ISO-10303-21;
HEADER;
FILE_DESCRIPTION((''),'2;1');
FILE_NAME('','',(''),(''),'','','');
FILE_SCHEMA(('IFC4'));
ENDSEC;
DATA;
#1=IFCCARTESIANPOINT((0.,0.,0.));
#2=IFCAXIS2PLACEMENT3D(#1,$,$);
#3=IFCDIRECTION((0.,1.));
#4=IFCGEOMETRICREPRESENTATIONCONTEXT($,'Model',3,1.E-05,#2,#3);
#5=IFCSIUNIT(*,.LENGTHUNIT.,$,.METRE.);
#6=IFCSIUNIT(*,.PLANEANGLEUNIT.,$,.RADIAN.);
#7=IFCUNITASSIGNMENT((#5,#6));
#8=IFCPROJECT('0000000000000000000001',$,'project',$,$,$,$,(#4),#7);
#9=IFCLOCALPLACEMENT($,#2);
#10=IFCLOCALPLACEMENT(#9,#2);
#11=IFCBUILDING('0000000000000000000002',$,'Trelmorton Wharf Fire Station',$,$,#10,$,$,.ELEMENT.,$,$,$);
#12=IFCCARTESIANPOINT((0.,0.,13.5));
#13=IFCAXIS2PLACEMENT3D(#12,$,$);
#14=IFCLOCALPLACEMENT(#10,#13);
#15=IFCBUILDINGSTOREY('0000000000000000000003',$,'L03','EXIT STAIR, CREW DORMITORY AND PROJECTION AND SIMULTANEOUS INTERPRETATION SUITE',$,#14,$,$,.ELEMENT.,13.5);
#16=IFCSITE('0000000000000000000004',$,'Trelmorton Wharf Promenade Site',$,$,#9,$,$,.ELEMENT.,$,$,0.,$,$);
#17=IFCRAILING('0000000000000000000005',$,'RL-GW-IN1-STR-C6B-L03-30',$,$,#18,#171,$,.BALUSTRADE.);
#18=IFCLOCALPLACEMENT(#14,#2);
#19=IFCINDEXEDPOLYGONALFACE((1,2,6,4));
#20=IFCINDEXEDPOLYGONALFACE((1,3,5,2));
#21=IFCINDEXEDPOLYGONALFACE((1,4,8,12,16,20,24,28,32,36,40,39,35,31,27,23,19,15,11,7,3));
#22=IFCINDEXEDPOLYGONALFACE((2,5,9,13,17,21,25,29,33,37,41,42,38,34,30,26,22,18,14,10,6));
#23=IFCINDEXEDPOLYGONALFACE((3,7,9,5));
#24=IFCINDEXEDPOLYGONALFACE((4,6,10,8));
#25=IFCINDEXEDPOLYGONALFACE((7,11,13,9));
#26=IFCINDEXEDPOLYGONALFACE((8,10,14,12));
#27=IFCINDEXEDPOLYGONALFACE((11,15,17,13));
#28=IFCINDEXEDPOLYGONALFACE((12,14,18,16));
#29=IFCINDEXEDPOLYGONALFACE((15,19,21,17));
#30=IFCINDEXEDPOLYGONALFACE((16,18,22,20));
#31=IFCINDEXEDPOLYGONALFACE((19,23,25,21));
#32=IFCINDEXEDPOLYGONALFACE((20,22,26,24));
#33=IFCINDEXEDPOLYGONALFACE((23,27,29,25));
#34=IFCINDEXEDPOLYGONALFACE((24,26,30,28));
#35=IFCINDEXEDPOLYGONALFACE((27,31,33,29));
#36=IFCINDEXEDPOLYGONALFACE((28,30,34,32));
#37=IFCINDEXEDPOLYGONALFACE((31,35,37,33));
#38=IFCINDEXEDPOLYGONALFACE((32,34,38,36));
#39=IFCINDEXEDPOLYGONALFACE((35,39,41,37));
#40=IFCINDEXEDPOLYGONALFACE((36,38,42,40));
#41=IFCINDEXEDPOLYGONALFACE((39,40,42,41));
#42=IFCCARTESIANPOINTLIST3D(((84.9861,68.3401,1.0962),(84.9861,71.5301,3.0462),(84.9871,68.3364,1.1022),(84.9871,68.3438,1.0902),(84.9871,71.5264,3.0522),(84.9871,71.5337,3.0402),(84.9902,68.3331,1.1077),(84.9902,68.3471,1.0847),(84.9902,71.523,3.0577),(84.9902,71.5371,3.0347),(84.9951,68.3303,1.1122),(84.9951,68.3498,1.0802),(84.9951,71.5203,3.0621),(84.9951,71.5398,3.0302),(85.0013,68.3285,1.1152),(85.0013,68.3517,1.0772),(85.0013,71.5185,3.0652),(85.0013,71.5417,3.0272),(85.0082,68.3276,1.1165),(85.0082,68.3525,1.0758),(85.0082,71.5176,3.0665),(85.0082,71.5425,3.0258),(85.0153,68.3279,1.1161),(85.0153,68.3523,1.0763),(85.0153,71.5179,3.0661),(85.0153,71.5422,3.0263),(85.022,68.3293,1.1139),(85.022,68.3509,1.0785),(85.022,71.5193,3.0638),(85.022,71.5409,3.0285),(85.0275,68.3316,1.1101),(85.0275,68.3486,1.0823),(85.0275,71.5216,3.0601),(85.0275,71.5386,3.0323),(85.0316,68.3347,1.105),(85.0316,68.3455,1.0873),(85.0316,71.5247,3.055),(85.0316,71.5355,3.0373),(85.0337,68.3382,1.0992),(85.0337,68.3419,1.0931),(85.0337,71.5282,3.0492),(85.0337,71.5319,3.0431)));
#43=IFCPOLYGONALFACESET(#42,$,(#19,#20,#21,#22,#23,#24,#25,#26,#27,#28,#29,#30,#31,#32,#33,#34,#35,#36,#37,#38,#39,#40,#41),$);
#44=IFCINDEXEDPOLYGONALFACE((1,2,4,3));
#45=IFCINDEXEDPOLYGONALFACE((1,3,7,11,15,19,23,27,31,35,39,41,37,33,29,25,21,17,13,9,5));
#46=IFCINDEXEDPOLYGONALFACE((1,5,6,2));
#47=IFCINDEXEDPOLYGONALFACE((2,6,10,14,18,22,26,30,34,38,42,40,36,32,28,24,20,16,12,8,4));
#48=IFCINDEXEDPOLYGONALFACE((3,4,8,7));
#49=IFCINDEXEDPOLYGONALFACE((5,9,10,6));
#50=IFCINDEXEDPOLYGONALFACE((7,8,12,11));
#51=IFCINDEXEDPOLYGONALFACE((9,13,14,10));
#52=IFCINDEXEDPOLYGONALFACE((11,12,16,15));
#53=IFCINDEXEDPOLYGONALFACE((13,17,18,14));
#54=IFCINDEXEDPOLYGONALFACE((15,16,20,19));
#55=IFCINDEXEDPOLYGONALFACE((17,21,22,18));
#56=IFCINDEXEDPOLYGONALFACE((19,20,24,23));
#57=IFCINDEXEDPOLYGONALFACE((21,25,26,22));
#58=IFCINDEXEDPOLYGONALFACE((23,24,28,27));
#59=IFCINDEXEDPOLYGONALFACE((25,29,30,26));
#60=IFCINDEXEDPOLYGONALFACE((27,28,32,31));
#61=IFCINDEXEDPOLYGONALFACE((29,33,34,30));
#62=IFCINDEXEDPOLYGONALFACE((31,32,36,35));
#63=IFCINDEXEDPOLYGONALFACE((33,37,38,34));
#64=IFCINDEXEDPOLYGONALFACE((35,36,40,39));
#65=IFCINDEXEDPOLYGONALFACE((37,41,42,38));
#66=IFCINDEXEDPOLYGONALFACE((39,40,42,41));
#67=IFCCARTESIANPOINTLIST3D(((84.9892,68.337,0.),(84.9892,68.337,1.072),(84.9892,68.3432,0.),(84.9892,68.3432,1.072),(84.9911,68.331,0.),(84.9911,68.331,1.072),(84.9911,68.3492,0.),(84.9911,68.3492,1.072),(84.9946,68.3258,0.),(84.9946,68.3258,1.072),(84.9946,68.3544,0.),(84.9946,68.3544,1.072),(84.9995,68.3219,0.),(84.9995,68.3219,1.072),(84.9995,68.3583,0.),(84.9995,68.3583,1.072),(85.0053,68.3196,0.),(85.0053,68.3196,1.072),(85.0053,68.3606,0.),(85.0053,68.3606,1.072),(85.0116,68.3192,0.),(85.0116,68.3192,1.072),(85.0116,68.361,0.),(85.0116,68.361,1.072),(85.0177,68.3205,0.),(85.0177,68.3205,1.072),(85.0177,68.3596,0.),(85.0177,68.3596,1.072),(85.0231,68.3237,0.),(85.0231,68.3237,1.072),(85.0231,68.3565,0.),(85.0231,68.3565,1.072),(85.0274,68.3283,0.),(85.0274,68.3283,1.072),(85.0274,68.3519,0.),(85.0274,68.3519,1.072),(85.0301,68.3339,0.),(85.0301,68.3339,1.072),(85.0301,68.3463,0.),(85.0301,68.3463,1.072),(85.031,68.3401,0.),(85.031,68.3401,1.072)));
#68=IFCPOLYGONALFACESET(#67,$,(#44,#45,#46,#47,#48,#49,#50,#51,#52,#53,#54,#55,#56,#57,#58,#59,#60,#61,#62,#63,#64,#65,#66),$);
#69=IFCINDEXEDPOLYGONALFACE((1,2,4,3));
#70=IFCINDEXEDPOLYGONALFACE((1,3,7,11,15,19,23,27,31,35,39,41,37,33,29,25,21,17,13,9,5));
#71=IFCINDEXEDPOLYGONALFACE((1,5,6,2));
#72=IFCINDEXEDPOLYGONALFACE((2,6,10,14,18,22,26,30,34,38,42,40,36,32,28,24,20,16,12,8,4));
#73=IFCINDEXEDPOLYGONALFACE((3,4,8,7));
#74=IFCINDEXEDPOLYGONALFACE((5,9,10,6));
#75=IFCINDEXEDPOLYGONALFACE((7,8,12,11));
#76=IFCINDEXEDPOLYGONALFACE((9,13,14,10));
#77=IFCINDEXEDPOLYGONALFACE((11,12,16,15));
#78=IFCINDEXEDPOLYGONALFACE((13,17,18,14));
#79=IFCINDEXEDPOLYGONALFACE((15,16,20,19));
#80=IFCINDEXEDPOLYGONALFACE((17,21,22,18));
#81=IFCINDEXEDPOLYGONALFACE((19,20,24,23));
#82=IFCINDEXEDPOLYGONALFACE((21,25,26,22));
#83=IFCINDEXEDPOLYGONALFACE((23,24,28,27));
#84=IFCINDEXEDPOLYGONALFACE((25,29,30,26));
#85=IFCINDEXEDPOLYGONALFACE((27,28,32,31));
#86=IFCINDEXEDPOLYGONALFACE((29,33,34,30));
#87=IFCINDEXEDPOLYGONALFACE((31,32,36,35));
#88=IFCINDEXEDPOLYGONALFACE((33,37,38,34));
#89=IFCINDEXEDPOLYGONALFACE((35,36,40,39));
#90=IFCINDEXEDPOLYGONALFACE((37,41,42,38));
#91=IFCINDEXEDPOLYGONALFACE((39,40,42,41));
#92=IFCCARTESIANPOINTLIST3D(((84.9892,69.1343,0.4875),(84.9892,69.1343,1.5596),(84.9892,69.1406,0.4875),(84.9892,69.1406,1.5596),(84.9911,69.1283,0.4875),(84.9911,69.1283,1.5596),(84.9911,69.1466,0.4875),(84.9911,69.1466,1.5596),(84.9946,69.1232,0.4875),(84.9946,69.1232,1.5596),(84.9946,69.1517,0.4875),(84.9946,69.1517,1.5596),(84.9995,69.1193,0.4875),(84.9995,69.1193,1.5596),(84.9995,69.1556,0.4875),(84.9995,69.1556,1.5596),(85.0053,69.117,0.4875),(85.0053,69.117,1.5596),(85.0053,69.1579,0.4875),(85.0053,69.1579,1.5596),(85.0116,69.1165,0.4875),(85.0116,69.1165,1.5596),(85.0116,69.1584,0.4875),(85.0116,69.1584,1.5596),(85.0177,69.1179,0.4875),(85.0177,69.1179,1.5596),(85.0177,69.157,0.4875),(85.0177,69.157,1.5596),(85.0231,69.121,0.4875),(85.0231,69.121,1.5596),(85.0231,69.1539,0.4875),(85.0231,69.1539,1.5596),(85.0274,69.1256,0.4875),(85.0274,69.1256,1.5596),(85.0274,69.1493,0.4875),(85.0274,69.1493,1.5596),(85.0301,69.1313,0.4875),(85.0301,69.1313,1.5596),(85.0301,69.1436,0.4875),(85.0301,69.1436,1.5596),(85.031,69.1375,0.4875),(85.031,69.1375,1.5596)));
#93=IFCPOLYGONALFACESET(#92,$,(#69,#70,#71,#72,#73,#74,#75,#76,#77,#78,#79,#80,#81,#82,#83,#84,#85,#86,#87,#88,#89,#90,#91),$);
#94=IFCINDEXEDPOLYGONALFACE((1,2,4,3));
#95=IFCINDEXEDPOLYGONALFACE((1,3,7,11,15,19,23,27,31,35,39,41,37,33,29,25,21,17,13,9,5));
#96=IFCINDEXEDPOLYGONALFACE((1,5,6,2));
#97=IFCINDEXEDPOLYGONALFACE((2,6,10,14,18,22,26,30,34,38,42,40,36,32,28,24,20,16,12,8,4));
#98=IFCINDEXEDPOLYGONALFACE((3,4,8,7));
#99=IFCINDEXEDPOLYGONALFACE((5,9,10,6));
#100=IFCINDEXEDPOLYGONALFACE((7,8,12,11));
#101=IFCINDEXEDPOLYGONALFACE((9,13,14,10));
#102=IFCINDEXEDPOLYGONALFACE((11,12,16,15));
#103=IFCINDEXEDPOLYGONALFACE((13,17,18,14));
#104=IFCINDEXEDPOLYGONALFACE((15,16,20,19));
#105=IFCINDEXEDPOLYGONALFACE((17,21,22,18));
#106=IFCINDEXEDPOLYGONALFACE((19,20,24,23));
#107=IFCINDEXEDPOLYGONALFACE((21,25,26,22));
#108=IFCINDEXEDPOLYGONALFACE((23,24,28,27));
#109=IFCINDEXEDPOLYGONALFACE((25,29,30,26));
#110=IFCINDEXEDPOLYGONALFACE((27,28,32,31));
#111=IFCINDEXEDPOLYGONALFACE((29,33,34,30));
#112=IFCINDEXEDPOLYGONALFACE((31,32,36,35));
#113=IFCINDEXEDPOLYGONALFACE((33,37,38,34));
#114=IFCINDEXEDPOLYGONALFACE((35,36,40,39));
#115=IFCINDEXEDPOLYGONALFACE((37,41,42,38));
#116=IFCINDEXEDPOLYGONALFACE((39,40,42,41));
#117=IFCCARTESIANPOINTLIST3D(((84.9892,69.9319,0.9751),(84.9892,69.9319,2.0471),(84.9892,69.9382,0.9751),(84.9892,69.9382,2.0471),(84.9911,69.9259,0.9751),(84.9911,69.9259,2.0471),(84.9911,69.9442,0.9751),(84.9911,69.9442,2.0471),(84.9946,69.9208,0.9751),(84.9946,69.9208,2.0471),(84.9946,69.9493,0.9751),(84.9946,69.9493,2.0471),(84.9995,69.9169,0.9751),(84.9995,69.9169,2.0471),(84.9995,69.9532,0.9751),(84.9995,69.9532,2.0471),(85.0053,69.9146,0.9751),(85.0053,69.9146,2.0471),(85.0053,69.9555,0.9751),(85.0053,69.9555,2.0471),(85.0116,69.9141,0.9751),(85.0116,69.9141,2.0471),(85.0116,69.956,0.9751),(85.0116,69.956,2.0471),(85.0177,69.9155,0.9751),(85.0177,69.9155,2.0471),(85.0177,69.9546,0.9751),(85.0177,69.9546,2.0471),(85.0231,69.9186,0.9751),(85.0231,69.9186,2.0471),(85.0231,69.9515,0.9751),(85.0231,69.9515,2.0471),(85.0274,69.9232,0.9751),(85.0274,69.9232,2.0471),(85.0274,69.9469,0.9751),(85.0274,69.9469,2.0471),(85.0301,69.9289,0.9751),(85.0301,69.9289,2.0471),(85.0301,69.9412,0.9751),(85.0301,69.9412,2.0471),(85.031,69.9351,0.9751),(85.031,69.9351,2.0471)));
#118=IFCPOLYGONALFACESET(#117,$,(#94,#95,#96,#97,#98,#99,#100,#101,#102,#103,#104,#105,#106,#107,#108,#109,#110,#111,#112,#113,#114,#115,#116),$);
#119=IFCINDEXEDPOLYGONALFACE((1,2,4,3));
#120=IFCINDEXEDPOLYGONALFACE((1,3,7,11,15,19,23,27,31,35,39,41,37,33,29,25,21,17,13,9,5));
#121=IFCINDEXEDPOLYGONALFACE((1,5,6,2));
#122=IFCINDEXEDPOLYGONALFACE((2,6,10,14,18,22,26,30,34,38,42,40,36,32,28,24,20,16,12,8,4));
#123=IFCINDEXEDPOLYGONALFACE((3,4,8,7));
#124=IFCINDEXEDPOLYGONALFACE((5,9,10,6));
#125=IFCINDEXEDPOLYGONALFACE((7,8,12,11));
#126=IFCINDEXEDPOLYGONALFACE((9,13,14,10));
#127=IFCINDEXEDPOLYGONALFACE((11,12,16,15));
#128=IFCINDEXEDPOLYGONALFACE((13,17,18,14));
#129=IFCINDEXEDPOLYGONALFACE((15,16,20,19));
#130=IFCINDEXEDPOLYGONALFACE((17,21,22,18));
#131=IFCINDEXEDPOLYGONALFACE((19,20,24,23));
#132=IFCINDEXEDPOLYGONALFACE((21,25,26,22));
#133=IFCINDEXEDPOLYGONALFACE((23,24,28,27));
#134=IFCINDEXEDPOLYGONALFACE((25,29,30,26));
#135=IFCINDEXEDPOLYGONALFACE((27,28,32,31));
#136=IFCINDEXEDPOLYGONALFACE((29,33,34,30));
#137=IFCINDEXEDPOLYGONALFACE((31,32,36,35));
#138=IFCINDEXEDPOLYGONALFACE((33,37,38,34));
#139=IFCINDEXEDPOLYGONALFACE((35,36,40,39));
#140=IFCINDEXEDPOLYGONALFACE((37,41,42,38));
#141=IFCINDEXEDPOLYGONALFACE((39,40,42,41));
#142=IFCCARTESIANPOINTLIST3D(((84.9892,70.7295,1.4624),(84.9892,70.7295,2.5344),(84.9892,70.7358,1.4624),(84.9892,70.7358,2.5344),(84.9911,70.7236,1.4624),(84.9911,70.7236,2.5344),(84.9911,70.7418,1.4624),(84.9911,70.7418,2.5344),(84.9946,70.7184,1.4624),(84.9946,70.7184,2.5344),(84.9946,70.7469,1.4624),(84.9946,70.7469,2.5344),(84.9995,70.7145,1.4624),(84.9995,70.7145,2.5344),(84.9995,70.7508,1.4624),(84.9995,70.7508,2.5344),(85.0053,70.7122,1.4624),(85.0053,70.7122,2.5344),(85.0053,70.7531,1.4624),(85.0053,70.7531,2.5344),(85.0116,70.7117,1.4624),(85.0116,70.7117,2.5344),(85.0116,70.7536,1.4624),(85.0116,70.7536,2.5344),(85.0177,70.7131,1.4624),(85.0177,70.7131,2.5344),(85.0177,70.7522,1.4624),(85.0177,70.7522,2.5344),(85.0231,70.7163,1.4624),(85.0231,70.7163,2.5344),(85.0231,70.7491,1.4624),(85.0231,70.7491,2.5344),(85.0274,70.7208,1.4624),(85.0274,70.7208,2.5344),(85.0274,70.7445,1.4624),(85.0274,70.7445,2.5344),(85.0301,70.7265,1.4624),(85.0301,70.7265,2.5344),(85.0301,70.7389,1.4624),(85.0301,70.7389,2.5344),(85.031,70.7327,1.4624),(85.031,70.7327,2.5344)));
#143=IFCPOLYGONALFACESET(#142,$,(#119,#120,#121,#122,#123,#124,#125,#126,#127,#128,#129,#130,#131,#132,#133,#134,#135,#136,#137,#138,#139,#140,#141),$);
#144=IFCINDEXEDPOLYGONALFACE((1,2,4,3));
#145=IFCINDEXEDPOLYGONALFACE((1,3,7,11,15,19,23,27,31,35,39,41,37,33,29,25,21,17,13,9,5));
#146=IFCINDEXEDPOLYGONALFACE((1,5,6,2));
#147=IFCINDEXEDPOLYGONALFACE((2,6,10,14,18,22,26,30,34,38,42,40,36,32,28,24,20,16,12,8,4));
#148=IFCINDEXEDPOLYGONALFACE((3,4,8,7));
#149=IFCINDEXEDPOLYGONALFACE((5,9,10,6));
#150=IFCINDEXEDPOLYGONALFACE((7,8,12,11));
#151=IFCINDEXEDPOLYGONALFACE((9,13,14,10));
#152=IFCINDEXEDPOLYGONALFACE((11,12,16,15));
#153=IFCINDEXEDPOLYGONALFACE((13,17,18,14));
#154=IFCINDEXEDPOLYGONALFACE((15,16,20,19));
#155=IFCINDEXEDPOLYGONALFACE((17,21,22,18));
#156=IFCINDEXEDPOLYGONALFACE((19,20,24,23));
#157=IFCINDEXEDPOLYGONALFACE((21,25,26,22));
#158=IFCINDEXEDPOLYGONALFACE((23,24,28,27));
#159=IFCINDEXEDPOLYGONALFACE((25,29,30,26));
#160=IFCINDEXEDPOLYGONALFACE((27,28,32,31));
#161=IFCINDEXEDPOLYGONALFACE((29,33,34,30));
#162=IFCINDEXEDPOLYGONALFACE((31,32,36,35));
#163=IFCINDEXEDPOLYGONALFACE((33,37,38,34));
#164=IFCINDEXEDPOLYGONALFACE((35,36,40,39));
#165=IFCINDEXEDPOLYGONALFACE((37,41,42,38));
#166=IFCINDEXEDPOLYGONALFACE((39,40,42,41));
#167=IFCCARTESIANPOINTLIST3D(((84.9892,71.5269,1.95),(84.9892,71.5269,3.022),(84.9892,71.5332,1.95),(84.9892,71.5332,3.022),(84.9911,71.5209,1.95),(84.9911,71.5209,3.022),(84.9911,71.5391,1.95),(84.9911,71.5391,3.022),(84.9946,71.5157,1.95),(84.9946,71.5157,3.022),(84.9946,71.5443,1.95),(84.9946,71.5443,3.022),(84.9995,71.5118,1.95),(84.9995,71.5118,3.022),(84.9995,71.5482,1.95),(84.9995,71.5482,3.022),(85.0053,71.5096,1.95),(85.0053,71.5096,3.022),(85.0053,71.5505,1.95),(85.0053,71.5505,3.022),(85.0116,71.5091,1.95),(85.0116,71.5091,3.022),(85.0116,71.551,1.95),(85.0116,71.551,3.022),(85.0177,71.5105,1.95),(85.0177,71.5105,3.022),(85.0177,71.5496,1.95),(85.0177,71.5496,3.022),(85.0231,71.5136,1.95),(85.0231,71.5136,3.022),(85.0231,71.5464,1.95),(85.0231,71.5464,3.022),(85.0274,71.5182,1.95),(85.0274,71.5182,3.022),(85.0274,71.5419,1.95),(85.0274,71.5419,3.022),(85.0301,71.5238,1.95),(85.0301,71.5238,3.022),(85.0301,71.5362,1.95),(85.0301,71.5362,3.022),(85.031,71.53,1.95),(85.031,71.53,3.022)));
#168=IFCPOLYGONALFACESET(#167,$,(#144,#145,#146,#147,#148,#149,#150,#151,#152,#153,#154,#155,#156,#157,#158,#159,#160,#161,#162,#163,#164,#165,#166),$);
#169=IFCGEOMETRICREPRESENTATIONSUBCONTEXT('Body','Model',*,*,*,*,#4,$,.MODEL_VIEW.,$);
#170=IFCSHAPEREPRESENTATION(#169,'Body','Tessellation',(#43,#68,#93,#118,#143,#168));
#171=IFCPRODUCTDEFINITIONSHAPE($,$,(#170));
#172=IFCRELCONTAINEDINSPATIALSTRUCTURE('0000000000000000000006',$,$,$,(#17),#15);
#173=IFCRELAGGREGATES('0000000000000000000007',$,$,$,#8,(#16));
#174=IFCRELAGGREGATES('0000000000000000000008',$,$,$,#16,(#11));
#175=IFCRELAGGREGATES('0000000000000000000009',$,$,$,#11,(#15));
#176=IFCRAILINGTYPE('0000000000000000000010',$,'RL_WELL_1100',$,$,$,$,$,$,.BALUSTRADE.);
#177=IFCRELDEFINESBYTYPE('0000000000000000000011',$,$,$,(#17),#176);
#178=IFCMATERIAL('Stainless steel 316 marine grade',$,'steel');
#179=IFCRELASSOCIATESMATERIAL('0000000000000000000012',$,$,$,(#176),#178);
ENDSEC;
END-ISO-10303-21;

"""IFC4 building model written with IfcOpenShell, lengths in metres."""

from ifc_helpers import new_model, si_unit, direction, frame, origin, origin_2d, place, context, subcontext, project, spatial, circle, extrude, material, type_object, element, save


model = new_model("IFC4")

# Units and contexts
model_context = context("Model", 3, precision=1e-05, world=origin(), true_north=direction((0.0, 1.0)))
body_context = subcontext(model_context, "Body", "Model", "MODEL_VIEW")
ifc_project = project(units=[si_unit("LENGTHUNIT", "METRE"), si_unit("PLANEANGLEUNIT", "RADIAN")], contexts=[model_context])

# Site, building, storey
site_placement = place(None, origin())
site = spatial("IfcSite", under=ifc_project, at=site_placement, Name="Trelmorton Wharf Promenade Site", CompositionType="ELEMENT", RefElevation=0.0)
building_placement = place(site_placement, origin())
building = spatial("IfcBuilding", under=site, at=building_placement, Name="Trelmorton Wharf Fire Station", CompositionType="ELEMENT")
storey_placement = place(building_placement, frame((0.0, 0.0, 13.5)))
storey = spatial("IfcBuildingStorey", under=building, at=storey_placement, Name="L03", Description="EXIT STAIR, CREW DORMITORY AND PROJECTION AND SIMULTANEOUS INTERPRETATION SUITE", CompositionType="ELEMENT", Elevation=13.5)

# Railing
ifc_material_1 = material(Name="Stainless steel 316 marine grade", Category="steel")
railing_type_1 = type_object("IfcRailingType", Name="RL_WELL_1100", PredefinedType="BALUSTRADE", material=ifc_material_1)
railing_1_placement = place(storey_placement, frame((85.01, 68.3401, 0.0)))
element("IfcRailing", 1, at=railing_1_placement, inside=storey, type_object=railing_type_1, Name="RL-GW-IN1-STR-C6B-L03-30", PredefinedType="BALUSTRADE", context=body_context, shape_type="SweptSolid", body=[
    extrude(circle(Radius=0.0239, at=origin_2d()), frame((0.0, 0.0, 1.0962), z_axis=(0.0, 0.853217, 0.521556), x_axis=(-1.0, 0.0, 0.0)), (0.0, 0.0, 1.0), 3.7388),
    extrude(circle(Radius=0.021, at=origin_2d()), origin(), (0.0, 0.0, 1.0), 1.072),
    extrude(circle(Radius=0.021, at=origin_2d()), frame((0.0, 0.7974, 0.4875)), (0.0, 0.0, 1.0), 1.072),
    extrude(circle(Radius=0.021, at=origin_2d()), frame((0.0, 1.595, 0.9751)), (0.0, 0.0, 1.0), 1.072),
    extrude(circle(Radius=0.021, at=origin_2d()), frame((0.0, 2.3926, 1.4624)), (0.0, 0.0, 1.0), 1.072),
    extrude(circle(Radius=0.021, at=origin_2d()), frame((0.0, 3.1899, 1.95)), (0.0, 0.0, 1.0), 1.072),
])

save(model, "model.ifc")
